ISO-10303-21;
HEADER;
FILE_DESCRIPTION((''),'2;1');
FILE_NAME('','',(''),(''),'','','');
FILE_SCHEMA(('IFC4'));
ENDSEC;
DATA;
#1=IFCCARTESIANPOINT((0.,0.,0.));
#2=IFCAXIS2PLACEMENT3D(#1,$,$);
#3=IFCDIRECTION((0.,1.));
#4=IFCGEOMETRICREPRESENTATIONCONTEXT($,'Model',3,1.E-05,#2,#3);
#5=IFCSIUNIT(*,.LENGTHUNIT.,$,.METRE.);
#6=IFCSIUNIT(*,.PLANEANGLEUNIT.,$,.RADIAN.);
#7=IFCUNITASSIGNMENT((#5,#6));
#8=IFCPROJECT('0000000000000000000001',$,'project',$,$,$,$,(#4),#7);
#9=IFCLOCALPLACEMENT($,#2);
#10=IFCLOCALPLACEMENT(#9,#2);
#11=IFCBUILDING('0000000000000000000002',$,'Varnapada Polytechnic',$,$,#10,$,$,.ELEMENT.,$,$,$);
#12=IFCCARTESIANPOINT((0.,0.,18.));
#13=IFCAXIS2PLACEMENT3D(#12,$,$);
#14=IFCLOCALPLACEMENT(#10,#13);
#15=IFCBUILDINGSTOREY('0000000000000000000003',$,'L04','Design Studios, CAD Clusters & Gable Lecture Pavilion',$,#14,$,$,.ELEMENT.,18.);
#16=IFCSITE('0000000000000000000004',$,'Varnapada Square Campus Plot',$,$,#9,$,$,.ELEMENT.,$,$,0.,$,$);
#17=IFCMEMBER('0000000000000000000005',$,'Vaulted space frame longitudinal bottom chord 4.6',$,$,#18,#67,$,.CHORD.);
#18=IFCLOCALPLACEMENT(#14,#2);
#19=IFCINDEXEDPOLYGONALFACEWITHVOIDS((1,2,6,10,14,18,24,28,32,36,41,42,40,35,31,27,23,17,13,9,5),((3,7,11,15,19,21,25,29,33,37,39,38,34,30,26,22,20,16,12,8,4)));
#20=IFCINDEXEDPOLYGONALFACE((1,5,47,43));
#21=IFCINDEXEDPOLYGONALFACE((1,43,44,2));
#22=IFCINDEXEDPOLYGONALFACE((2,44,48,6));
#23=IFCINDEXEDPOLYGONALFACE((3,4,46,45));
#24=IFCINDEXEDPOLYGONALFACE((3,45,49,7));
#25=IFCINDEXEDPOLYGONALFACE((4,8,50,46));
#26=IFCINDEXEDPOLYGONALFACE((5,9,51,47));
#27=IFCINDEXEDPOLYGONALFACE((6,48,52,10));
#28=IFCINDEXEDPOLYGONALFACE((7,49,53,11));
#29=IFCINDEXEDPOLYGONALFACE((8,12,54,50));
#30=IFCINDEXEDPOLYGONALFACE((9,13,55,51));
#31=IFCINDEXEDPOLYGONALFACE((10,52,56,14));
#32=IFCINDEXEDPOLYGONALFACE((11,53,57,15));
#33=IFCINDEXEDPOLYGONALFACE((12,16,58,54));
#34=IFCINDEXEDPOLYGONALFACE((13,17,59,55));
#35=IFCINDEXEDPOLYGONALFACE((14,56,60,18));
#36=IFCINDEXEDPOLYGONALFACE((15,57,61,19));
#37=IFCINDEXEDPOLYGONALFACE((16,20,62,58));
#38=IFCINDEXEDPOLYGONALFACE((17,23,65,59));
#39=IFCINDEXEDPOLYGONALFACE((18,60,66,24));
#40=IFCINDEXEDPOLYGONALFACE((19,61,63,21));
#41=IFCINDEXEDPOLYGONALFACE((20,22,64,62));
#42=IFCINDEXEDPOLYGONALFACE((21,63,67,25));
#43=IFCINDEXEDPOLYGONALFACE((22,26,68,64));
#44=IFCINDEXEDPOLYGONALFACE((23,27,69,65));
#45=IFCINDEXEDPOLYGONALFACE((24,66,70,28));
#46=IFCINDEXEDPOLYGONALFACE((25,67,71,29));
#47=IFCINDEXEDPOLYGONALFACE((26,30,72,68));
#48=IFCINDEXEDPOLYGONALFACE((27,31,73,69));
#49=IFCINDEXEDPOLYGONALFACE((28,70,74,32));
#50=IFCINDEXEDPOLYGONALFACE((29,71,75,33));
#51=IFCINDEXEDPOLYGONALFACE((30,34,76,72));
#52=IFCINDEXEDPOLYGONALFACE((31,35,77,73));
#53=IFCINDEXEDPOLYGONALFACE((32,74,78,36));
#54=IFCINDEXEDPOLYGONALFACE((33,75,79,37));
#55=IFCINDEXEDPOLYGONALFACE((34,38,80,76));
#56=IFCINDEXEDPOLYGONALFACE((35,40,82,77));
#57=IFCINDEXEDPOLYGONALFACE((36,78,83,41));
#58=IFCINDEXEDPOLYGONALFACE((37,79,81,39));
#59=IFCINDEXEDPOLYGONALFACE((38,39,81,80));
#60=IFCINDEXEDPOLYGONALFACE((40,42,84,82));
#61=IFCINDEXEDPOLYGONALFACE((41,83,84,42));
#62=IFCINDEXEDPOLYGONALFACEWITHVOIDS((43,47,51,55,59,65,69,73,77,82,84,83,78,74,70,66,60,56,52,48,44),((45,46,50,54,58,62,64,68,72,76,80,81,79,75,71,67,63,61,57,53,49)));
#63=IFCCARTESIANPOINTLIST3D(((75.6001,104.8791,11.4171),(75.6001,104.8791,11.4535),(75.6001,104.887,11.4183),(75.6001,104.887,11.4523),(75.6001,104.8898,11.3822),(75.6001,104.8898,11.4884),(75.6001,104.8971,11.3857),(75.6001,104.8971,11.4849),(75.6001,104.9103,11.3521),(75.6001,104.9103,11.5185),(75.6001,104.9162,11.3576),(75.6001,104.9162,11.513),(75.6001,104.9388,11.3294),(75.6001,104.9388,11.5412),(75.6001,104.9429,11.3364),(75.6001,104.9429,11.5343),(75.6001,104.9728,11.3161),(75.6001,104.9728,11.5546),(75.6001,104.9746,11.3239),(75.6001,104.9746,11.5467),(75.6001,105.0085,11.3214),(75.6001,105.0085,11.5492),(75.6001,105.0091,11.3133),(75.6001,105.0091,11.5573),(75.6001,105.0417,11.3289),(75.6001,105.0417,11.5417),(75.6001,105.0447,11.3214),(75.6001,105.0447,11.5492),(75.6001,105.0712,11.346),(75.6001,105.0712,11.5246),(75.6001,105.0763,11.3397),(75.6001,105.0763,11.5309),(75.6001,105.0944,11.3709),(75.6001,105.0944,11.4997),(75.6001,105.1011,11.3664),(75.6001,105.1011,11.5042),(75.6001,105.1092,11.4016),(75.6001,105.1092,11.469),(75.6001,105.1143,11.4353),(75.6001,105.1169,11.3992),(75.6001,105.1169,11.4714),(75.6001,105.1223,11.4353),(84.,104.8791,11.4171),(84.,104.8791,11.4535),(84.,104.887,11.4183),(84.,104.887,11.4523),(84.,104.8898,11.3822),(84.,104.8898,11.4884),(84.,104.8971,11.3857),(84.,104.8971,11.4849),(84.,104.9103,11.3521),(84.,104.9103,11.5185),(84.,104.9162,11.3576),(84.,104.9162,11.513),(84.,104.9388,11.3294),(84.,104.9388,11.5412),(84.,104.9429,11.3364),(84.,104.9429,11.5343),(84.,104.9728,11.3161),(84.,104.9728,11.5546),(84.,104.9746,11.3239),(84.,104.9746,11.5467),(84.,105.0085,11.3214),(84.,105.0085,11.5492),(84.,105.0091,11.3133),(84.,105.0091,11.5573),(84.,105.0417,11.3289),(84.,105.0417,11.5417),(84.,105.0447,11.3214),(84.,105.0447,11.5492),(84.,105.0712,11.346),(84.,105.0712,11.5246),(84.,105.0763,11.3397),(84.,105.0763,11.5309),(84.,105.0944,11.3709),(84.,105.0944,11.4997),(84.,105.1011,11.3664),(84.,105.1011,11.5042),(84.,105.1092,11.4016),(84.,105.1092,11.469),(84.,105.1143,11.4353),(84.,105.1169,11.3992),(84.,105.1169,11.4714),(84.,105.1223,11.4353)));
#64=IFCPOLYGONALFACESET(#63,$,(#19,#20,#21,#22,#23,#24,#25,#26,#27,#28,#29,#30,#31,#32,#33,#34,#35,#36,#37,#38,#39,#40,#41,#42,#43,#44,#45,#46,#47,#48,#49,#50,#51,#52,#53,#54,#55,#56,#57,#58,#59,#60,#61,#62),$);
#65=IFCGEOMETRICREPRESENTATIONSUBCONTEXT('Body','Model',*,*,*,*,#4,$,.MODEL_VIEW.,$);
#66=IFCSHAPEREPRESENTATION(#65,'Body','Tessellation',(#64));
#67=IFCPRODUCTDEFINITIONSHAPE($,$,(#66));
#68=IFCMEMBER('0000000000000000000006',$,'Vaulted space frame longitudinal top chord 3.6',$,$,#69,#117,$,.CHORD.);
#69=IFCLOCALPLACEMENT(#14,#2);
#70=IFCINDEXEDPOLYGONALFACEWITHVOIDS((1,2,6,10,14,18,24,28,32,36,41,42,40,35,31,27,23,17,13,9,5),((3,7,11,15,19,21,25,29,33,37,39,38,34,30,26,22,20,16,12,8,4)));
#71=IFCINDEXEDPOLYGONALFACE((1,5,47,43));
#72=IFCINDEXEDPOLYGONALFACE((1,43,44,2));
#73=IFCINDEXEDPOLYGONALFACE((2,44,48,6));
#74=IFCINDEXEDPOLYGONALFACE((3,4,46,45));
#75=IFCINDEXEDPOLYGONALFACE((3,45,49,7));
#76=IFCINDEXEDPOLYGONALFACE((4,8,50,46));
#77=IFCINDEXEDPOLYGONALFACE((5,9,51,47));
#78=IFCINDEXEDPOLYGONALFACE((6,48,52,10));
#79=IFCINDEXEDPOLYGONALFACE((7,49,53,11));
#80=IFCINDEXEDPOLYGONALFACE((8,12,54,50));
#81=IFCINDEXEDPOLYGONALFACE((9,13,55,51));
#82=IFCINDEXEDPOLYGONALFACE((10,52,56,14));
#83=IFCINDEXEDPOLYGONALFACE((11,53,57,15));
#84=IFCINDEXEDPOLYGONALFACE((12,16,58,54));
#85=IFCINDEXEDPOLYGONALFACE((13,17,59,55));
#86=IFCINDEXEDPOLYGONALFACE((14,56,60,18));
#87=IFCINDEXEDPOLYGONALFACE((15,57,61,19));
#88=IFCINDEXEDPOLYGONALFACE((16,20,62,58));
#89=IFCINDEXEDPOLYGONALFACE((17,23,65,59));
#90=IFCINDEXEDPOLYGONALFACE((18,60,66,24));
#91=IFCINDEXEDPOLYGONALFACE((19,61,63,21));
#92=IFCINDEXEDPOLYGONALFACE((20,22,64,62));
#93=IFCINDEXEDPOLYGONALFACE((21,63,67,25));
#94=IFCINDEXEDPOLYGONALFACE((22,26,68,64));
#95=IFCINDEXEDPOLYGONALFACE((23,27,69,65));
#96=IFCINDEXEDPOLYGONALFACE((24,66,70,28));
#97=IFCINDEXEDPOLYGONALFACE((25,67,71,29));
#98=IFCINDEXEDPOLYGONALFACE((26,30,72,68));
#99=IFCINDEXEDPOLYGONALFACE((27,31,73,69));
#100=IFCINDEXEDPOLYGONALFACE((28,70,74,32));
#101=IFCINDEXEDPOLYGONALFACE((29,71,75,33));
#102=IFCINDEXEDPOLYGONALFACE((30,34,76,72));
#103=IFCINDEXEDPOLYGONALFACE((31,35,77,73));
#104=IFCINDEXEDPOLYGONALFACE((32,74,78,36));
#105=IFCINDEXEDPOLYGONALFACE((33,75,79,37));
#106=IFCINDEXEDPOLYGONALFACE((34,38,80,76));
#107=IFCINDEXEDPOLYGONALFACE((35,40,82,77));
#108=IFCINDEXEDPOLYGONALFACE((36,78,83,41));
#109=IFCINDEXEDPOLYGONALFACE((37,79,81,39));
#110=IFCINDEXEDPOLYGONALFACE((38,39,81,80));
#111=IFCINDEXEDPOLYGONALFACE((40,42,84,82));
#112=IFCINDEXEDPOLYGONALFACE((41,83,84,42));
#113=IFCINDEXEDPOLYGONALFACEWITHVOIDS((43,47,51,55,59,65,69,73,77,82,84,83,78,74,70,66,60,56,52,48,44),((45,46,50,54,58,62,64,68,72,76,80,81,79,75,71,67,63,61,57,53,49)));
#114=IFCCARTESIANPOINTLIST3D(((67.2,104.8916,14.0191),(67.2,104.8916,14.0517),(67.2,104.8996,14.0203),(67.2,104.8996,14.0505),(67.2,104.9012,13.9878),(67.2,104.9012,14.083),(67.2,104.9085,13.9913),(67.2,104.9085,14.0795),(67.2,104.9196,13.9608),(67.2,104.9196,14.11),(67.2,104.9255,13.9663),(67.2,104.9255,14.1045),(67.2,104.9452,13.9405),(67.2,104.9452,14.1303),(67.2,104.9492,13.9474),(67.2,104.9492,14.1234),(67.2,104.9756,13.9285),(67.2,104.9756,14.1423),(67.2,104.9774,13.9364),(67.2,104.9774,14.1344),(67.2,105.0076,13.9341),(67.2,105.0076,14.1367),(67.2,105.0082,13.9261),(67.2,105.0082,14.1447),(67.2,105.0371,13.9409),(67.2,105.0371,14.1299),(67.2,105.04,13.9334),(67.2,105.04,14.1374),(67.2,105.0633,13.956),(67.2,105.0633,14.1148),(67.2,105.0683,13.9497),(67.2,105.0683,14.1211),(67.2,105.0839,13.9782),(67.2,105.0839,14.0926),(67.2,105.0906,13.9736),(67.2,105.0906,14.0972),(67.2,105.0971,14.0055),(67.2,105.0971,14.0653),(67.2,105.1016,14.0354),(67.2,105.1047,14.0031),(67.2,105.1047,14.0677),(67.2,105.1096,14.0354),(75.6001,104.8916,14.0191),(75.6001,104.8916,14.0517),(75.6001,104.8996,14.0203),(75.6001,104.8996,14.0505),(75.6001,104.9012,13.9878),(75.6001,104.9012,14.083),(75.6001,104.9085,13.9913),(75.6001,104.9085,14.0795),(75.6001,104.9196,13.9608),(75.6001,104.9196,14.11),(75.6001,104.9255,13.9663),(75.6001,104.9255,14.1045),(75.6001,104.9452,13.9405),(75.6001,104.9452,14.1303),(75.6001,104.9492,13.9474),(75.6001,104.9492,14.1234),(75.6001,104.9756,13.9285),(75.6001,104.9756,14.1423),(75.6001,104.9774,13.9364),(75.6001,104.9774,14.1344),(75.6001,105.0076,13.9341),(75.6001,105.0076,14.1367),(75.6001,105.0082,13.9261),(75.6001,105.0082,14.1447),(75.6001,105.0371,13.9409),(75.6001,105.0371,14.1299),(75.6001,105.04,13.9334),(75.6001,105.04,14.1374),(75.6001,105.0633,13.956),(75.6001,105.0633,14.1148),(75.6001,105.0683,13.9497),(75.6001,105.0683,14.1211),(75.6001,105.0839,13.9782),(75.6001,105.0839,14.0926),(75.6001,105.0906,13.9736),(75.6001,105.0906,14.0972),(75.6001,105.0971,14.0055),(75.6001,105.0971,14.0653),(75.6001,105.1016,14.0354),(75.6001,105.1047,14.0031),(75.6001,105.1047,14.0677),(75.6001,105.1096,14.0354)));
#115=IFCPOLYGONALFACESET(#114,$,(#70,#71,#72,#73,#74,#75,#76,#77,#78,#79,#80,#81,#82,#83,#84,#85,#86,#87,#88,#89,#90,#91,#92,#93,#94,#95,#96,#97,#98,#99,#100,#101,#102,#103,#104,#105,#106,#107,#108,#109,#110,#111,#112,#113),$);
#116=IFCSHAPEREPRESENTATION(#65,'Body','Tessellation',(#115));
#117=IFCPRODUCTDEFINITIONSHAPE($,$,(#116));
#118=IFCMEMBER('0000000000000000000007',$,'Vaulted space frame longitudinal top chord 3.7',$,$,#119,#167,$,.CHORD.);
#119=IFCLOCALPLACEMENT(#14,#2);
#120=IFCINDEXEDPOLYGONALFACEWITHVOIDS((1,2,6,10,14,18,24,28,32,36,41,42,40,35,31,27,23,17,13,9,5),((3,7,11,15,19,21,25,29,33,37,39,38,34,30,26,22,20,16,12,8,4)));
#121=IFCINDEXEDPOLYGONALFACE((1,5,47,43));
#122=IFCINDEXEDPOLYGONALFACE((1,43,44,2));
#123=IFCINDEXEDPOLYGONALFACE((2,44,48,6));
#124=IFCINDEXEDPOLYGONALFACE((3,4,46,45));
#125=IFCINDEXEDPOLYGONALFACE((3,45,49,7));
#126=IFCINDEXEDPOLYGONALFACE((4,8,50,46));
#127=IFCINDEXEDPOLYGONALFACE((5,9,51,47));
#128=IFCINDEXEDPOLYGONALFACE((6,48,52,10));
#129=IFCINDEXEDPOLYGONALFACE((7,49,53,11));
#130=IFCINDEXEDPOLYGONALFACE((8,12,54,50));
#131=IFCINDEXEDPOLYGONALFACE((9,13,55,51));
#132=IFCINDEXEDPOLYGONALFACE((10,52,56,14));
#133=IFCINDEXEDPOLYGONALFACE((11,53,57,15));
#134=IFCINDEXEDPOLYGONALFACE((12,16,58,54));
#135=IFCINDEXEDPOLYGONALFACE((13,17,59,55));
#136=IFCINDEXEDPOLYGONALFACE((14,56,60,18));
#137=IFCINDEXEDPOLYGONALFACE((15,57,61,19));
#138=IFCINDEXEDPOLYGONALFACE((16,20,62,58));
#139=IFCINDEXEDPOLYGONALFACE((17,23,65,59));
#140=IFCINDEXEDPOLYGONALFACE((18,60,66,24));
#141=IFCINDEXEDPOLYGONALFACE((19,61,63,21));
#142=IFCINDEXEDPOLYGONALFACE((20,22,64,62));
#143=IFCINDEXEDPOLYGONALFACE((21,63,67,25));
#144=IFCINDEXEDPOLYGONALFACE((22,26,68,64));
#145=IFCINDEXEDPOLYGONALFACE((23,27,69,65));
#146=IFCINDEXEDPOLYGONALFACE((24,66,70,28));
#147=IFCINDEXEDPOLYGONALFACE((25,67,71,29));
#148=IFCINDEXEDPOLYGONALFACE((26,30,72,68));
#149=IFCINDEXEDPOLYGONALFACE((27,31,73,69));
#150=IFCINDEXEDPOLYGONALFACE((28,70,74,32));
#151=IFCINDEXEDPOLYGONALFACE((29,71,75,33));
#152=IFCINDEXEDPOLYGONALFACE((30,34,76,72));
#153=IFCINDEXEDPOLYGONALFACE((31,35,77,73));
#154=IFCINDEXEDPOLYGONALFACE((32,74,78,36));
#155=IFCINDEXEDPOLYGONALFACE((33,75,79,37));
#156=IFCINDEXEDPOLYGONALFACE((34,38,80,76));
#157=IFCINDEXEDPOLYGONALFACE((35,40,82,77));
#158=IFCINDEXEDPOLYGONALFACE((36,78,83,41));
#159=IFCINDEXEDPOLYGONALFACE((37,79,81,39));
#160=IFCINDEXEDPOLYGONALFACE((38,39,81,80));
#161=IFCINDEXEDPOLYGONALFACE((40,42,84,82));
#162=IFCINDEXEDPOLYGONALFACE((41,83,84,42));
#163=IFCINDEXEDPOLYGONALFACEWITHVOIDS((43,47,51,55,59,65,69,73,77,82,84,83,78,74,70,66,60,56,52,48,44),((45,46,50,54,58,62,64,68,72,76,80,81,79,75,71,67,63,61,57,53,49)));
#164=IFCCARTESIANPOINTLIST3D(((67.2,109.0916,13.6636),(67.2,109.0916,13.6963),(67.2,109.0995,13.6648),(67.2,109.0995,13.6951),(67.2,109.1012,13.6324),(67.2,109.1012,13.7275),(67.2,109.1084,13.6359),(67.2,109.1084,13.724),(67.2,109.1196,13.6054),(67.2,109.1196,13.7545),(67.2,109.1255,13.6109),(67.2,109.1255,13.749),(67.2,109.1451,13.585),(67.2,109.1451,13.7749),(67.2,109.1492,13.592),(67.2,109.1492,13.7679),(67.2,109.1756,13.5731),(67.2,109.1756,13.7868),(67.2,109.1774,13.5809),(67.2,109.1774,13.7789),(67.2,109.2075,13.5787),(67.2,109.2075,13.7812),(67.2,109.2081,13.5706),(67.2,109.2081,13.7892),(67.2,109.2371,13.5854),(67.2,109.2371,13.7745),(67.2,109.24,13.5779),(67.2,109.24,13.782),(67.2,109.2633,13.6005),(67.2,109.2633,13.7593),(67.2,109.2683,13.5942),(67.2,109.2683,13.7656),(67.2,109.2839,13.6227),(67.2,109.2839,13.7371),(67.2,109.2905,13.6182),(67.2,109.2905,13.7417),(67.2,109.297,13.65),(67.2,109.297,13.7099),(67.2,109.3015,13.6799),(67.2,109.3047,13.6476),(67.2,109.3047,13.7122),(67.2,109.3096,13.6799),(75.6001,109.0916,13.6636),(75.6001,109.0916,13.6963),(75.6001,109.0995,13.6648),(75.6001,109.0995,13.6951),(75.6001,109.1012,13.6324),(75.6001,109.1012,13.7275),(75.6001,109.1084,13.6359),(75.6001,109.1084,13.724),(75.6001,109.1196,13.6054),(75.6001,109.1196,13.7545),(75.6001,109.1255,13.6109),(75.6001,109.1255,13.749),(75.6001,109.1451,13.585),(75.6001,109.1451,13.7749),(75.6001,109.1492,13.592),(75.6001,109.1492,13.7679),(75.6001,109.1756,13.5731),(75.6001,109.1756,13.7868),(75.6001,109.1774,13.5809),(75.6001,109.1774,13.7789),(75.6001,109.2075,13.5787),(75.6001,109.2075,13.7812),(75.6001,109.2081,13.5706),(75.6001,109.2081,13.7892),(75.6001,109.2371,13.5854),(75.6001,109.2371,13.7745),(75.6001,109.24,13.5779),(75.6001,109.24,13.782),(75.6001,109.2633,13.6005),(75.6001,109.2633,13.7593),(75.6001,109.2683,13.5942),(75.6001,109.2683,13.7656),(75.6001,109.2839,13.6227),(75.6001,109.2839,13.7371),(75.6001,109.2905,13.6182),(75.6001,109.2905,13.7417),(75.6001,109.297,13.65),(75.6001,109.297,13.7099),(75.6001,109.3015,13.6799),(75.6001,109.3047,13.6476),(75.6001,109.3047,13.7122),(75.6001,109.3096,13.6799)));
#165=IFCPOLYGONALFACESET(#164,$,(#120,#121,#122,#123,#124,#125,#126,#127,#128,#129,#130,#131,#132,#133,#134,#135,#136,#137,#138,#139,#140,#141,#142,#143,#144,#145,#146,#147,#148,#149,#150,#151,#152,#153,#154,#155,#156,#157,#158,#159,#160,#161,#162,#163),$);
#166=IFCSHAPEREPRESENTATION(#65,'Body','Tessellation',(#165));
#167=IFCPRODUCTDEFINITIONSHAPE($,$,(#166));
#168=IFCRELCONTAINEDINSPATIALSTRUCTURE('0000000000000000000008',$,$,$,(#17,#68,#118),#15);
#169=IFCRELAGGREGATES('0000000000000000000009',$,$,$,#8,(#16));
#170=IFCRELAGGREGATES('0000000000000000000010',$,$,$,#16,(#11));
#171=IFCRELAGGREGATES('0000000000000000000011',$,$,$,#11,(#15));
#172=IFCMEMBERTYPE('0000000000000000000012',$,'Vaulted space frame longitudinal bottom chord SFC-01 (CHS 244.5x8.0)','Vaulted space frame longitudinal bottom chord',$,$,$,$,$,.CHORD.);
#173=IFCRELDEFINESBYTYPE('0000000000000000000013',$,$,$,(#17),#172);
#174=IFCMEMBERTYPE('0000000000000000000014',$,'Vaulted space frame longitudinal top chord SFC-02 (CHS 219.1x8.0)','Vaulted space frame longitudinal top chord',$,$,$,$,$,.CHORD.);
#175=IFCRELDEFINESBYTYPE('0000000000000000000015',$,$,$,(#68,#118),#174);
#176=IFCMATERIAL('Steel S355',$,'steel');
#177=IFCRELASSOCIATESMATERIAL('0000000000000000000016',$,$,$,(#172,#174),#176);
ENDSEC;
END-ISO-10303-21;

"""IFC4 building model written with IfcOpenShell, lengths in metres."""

from ifc_helpers import new_model, si_unit, direction, frame, origin, origin_2d, place, context, subcontext, project, spatial, hollow_circle, extrude, material, material_profile, profile_set, type_object, element, save


model = new_model("IFC4")

# Units and contexts
model_context = context("Model", 3, precision=1e-05, world=origin(), true_north=direction((0.0, 1.0)))
body_context = subcontext(model_context, "Body", "Model", "MODEL_VIEW")
ifc_project = project(units=[si_unit("LENGTHUNIT", "METRE"), si_unit("PLANEANGLEUNIT", "RADIAN")], contexts=[model_context])

# Site, building, storey
site_placement = place(None, origin())
site = spatial("IfcSite", under=ifc_project, at=site_placement, Name="Varnapada Square Campus Plot", CompositionType="ELEMENT", RefElevation=0.0)
building_placement = place(site_placement, origin())
building = spatial("IfcBuilding", under=site, at=building_placement, Name="Varnapada Polytechnic", CompositionType="ELEMENT")
storey_placement = place(building_placement, frame((0.0, 0.0, 18.0)))
storey = spatial("IfcBuildingStorey", under=building, at=storey_placement, Name="L04", Description="Design Studios, CAD Clusters & Gable Lecture Pavilion", CompositionType="ELEMENT", Elevation=18.0)

# Members
ifc_material = material(Name="Steel S355", Category="steel")
ifc_material_profile_1 = material_profile(ifc_material, hollow_circle(Radius=0.1223, WallThickness=0.0081, at=origin_2d()), Name="CHS 244.5x8.0")
ifc_profile_set_1 = profile_set([ifc_material_profile_1], Name="Steel S355")
member_type_1 = type_object("IfcMemberType", Name="Vaulted space frame longitudinal bottom chord SFC-01 (CHS 244.5x8.0)", Description="Vaulted space frame longitudinal bottom chord", PredefinedType="CHORD", material=ifc_profile_set_1)
for number, where, z_axis, x_axis, name in (
    (1, (75.6001, 105.0, 11.4353), (1.0, 0.0, 0.0), (0.0, 1.0, 0.0), "Vaulted space frame longitudinal bottom chord 4.6"),
):
    element("IfcMember", number, at=place(storey_placement, frame(where, z_axis=z_axis, x_axis=x_axis)), inside=storey, type_object=member_type_1, Name=name, PredefinedType="CHORD", context=body_context, shape_type="SweptSolid", body=[
        extrude(hollow_circle(Radius=0.1223, WallThickness=0.0081, at=origin_2d()), origin(), (0.0, 0.0, 1.0), 8.3999),
    ])
ifc_material_profile_2 = material_profile(ifc_material, hollow_circle(Radius=0.1096, WallThickness=0.0081, at=origin_2d()), Name="CHS 219.1x8.0")
ifc_profile_set_2 = profile_set([ifc_material_profile_2], Name="Steel S355")
member_type_2 = type_object("IfcMemberType", Name="Vaulted space frame longitudinal top chord SFC-02 (CHS 219.1x8.0)", Description="Vaulted space frame longitudinal top chord", PredefinedType="CHORD", material=ifc_profile_set_2)
for number, where, z_axis, x_axis, name in (
    (2, (67.2, 105.0, 14.0354), (1.0, 0.0, 0.0), (0.0, 1.0, 0.0), "Vaulted space frame longitudinal top chord 3.6"),
    (3, (67.2, 109.2, 13.6799), (1.0, 0.0, 0.0), (0.0, 1.0, 0.0), "Vaulted space frame longitudinal top chord 3.7"),
):
    element("IfcMember", number, at=place(storey_placement, frame(where, z_axis=z_axis, x_axis=x_axis)), inside=storey, type_object=member_type_2, Name=name, PredefinedType="CHORD", context=body_context, shape_type="SweptSolid", body=[
        extrude(hollow_circle(Radius=0.1096, WallThickness=0.0081, at=origin_2d()), origin(), (0.0, 0.0, 1.0), 8.4001),
    ])

save(model, "model.ifc")
